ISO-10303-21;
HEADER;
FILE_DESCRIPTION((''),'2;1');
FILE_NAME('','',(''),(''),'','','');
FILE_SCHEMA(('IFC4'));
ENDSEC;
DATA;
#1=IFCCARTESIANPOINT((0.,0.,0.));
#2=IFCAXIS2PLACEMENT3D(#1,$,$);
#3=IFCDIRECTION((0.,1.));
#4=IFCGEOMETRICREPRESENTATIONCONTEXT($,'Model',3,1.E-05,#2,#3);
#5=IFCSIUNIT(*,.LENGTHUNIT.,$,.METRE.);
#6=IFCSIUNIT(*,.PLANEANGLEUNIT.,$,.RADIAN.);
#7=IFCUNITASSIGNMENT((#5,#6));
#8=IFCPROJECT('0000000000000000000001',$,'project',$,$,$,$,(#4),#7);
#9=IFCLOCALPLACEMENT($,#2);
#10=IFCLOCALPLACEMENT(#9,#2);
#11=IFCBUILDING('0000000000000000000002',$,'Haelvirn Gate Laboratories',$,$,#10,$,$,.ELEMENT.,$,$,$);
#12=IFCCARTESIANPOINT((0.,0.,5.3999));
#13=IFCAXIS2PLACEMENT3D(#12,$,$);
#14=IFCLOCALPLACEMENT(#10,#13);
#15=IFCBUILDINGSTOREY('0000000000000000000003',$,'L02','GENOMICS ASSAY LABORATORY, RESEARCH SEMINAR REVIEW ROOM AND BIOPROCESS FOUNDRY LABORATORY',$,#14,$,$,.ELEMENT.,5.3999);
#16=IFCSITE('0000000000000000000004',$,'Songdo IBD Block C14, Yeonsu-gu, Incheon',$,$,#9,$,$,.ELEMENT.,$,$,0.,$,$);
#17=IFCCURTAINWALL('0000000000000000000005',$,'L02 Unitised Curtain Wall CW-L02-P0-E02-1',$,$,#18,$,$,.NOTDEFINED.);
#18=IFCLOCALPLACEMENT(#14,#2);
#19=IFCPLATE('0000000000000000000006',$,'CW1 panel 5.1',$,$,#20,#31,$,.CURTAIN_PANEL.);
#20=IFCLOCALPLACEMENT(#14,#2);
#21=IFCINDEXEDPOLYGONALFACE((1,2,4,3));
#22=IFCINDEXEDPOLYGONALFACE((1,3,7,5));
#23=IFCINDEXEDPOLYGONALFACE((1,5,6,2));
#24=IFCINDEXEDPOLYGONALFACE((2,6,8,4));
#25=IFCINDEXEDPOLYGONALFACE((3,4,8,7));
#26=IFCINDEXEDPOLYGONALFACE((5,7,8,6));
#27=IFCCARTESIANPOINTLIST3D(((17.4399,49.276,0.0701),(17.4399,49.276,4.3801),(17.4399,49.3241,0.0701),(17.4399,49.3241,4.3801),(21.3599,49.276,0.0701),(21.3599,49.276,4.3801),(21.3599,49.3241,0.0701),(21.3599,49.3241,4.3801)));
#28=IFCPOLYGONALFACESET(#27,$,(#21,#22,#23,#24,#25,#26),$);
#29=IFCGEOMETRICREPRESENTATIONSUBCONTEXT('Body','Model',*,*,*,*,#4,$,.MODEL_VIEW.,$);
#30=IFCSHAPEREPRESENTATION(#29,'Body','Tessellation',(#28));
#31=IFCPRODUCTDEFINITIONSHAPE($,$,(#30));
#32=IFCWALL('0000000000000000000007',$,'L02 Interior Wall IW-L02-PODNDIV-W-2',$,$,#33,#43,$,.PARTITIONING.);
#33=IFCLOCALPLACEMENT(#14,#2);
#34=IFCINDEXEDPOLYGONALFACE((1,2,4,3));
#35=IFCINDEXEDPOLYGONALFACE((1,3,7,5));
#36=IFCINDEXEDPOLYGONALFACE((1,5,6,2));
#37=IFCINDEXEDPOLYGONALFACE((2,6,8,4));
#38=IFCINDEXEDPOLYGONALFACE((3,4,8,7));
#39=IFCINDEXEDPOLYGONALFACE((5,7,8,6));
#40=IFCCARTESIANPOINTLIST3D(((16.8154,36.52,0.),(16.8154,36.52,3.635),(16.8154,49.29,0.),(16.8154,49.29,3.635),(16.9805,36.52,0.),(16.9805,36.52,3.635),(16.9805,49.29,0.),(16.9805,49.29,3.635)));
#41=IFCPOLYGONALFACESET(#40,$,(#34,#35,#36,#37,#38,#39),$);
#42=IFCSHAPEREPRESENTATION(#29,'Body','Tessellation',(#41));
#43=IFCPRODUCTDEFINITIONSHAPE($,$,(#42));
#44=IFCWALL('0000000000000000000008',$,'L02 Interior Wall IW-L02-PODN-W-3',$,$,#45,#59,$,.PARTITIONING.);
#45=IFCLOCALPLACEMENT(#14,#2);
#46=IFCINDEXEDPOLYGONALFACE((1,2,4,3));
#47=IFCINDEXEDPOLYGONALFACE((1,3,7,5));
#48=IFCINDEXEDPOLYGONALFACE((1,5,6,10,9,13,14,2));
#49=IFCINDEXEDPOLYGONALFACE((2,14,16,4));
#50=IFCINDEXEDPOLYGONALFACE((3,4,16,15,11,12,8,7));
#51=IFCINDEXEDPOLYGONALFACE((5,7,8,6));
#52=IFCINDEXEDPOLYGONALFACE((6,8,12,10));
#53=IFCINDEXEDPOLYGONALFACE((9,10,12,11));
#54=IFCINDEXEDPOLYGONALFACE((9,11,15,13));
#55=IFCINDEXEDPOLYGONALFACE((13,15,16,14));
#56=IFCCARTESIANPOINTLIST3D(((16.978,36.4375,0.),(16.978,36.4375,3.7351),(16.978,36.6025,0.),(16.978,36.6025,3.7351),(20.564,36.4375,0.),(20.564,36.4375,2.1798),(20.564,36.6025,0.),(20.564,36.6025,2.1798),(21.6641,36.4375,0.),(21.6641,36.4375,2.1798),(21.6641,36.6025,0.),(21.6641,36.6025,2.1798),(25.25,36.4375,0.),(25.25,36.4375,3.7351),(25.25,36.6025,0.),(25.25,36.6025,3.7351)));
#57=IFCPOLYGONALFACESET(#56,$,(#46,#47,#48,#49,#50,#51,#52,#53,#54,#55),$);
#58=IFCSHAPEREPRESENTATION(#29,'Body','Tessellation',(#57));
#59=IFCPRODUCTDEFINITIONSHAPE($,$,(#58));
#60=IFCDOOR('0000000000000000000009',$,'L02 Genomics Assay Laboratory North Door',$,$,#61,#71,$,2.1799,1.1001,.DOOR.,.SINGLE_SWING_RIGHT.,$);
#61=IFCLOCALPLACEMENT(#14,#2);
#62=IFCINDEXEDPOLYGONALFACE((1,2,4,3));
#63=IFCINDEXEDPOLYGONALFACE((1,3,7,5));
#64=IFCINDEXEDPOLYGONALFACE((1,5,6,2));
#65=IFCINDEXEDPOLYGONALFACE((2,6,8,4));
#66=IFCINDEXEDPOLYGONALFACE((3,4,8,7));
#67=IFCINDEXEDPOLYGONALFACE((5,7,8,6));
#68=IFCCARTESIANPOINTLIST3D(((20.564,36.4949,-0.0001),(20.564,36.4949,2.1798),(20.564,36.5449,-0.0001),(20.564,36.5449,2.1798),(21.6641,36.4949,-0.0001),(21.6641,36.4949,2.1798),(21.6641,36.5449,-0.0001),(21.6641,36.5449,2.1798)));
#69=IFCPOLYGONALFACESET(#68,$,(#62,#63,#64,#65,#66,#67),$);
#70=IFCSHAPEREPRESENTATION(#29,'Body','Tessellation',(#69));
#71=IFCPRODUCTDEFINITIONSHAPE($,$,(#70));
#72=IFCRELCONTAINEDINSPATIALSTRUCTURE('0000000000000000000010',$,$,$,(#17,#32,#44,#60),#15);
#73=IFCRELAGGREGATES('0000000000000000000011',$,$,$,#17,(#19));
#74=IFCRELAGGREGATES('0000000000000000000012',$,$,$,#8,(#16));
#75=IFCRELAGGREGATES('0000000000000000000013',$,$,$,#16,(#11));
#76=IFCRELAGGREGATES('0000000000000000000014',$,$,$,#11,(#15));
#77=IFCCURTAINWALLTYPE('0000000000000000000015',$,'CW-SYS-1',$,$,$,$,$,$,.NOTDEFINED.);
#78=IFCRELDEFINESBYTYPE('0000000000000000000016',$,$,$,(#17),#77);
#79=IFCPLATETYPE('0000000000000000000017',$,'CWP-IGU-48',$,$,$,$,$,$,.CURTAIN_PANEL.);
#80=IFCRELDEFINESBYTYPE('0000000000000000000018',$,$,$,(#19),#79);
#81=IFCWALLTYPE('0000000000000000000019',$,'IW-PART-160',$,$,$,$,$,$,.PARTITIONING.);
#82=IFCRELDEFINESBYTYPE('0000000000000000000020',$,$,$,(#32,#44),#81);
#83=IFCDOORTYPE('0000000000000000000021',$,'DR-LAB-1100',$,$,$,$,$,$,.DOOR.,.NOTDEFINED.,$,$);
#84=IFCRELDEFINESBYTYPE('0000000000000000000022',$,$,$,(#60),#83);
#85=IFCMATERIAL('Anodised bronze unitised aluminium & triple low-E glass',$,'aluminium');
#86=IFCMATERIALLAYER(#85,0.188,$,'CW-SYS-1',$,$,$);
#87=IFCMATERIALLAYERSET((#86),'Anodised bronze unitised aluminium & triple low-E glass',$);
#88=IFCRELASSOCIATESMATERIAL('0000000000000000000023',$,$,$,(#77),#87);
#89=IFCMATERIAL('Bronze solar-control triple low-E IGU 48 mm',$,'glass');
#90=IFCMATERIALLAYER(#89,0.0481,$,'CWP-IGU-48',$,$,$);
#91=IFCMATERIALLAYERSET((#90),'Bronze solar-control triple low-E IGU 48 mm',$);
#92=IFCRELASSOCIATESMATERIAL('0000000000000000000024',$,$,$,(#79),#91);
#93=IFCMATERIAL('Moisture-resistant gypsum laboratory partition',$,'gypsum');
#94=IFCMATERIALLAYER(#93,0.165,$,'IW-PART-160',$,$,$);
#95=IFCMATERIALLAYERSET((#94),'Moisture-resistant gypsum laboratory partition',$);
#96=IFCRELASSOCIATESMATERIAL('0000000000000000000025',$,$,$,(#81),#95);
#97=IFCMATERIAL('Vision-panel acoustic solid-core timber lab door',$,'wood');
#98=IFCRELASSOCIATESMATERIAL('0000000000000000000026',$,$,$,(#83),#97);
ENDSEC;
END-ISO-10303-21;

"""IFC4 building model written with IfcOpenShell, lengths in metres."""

from ifc_helpers import new_model, si_unit, direction, frame, frame_2d, origin, origin_2d, place, context, subcontext, project, spatial, rectangle, extrude, source, transform, mapped, material, layer, layer_set, type_object, type_shapes, element, fill, aggregate, save


model = new_model("IFC4")

# Units and contexts
model_context = context("Model", 3, precision=1e-05, world=origin(), true_north=direction((0.0, 1.0)))
body_context = subcontext(model_context, "Body", "Model", "MODEL_VIEW")
ifc_project = project(units=[si_unit("LENGTHUNIT", "METRE"), si_unit("PLANEANGLEUNIT", "RADIAN")], contexts=[model_context])

# Site, building, storey
site_placement = place(None, origin())
site = spatial("IfcSite", under=ifc_project, at=site_placement, Name="Songdo IBD Block C14, Yeonsu-gu, Incheon", CompositionType="ELEMENT", RefElevation=0.0)
building_placement = place(site_placement, origin())
building = spatial("IfcBuilding", under=site, at=building_placement, Name="Haelvirn Gate Laboratories", CompositionType="ELEMENT")
storey_placement = place(building_placement, frame((0.0, 0.0, 5.3999)))
storey = spatial("IfcBuildingStorey", under=building, at=storey_placement, Name="L02", Description="GENOMICS ASSAY LABORATORY, RESEARCH SEMINAR REVIEW ROOM AND BIOPROCESS FOUNDRY LABORATORY", CompositionType="ELEMENT", Elevation=5.3999)

# Curtain wall
ifc_material_1 = material(Name="Anodised bronze unitised aluminium & triple low-E glass", Category="aluminium")
ifc_layer_1 = layer(ifc_material_1, 0.188, Name="CW-SYS-1")
ifc_layer_set_1 = layer_set([ifc_layer_1], Name="Anodised bronze unitised aluminium & triple low-E glass")
curtain_wall_type = type_object("IfcCurtainWallType", Name="CW-SYS-1", PredefinedType="NOTDEFINED", material=ifc_layer_set_1)
curtain_wall_1_placement = place(storey_placement, origin())
curtain_wall_1 = element("IfcCurtainWall", 1, at=curtain_wall_1_placement, inside=storey, type_object=curtain_wall_type, Name="L02 Unitised Curtain Wall CW-L02-P0-E02-1", PredefinedType="NOTDEFINED")

# Plate
ifc_material_2 = material(Name="Bronze solar-control triple low-E IGU 48 mm", Category="glass")
ifc_layer_2 = layer(ifc_material_2, 0.0481, Name="CWP-IGU-48")
ifc_layer_set_2 = layer_set([ifc_layer_2], Name="Bronze solar-control triple low-E IGU 48 mm")
plate_type = type_object("IfcPlateType", Name="CWP-IGU-48", PredefinedType="CURTAIN_PANEL", material=ifc_layer_set_2)
shared_shape_1 = source(origin(), body_context, "Body", "SweptSolid", [
    extrude(rectangle(XDim=3.9199, YDim=0.0481, at=origin_2d()), origin(), (0.0, 0.0, 1.0), 4.3101),
])
plate_1_placement = place(storey_placement, frame((19.3999, 49.3, 0.0701), z_axis=(0.0, 0.0, 1.0), x_axis=(1.0, 0.0, 0.0)))
plate_1 = element("IfcPlate", 2, at=plate_1_placement, type_object=plate_type, Name="CW1 panel 5.1", PredefinedType="CURTAIN_PANEL", context=body_context, shape_type="MappedRepresentation", body=[
    mapped(shared_shape_1, transform((0.0, 0.0, 0.0), scale=1.0)),
])
aggregate(curtain_wall_1, [plate_1])

# Wall
ifc_material_3 = material(Name="Moisture-resistant gypsum laboratory partition", Category="gypsum")
ifc_layer_3 = layer(ifc_material_3, 0.165, Name="IW-PART-160")
ifc_layer_set_3 = layer_set([ifc_layer_3], Name="Moisture-resistant gypsum laboratory partition")
wall_type = type_object("IfcWallType", Name="IW-PART-160", PredefinedType="PARTITIONING", material=ifc_layer_set_3)
wall_1_placement = place(storey_placement, frame((16.8979, 36.52, 0.0), z_axis=(0.0, 0.0, 1.0), x_axis=(0.0, 1.0, 0.0)))
element("IfcWall", 3, at=wall_1_placement, inside=storey, type_object=wall_type, Name="L02 Interior Wall IW-L02-PODNDIV-W-2", PredefinedType="PARTITIONING", context=body_context, shape_type="SweptSolid", body=[
    extrude(rectangle(XDim=12.77, YDim=0.165, at=frame_2d((6.385, 0.0))), origin(), (0.0, 0.0, 1.0), 3.635),
])

# Wall, opening, door
wall_2_placement = place(storey_placement, frame((16.978, 36.52, 0.0), z_axis=(0.0, 0.0, 1.0), x_axis=(1.0, 0.0, 0.0)))
wall_2 = element("IfcWall", 4, at=wall_2_placement, inside=storey, type_object=wall_type, Name="L02 Interior Wall IW-L02-PODN-W-3", PredefinedType="PARTITIONING", context=body_context, shape_type="SweptSolid", body=[
    extrude(rectangle(XDim=8.272, YDim=0.165, at=frame_2d((4.136, 0.0))), origin(), (0.0, 0.0, 1.0), 3.7351),
])
opening_placement = place(wall_2_placement, frame((3.5859, 0.0, 0.0)))
opening = element("IfcOpeningElement", 5, at=opening_placement, cuts=wall_2, PredefinedType="OPENING", context=body_context, shape_type="SweptSolid", body=[
    extrude(rectangle(XDim=1.1001, YDim=2.1799, at=frame_2d((0.55, 1.0898))), frame((0.0, 0.0925, 0.0), z_axis=(0.0, -1.0, 0.0), x_axis=(1.0, 0.0, 0.0)), (0.0, 0.0, 1.0), 0.1851),
])
ifc_material_4 = material(Name="Vision-panel acoustic solid-core timber lab door", Category="wood")
door_type = type_object("IfcDoorType", Name="DR-LAB-1100", OperationType="NOTDEFINED", PredefinedType="DOOR", material=ifc_material_4)
shared_shape_2 = source(origin(), body_context, "Body", "SweptSolid", [
    extrude(rectangle(XDim=1.1001, YDim=2.1799, at=frame_2d((0.55, 1.0898))), frame((0.0, 0.0249, 0.0), z_axis=(0.0, -1.0, 0.0), x_axis=(1.0, 0.0, 0.0)), (0.0, 0.0, 1.0), 0.05),
])
type_shapes(door_type, [shared_shape_2])
door_placement = place(opening_placement, origin())
door = element("IfcDoor", 6, at=door_placement, inside=storey, type_object=door_type, Name="L02 Genomics Assay Laboratory North Door", OperationType="SINGLE_SWING_RIGHT", OverallHeight=2.1799, OverallWidth=1.1001, PredefinedType="DOOR", context=body_context, shape_type="MappedRepresentation", body=[
    mapped(shared_shape_2, transform((0.0, 0.0, 0.0), scale=1.0)),
])
fill(opening, door)

save(model, "model.ifc")
